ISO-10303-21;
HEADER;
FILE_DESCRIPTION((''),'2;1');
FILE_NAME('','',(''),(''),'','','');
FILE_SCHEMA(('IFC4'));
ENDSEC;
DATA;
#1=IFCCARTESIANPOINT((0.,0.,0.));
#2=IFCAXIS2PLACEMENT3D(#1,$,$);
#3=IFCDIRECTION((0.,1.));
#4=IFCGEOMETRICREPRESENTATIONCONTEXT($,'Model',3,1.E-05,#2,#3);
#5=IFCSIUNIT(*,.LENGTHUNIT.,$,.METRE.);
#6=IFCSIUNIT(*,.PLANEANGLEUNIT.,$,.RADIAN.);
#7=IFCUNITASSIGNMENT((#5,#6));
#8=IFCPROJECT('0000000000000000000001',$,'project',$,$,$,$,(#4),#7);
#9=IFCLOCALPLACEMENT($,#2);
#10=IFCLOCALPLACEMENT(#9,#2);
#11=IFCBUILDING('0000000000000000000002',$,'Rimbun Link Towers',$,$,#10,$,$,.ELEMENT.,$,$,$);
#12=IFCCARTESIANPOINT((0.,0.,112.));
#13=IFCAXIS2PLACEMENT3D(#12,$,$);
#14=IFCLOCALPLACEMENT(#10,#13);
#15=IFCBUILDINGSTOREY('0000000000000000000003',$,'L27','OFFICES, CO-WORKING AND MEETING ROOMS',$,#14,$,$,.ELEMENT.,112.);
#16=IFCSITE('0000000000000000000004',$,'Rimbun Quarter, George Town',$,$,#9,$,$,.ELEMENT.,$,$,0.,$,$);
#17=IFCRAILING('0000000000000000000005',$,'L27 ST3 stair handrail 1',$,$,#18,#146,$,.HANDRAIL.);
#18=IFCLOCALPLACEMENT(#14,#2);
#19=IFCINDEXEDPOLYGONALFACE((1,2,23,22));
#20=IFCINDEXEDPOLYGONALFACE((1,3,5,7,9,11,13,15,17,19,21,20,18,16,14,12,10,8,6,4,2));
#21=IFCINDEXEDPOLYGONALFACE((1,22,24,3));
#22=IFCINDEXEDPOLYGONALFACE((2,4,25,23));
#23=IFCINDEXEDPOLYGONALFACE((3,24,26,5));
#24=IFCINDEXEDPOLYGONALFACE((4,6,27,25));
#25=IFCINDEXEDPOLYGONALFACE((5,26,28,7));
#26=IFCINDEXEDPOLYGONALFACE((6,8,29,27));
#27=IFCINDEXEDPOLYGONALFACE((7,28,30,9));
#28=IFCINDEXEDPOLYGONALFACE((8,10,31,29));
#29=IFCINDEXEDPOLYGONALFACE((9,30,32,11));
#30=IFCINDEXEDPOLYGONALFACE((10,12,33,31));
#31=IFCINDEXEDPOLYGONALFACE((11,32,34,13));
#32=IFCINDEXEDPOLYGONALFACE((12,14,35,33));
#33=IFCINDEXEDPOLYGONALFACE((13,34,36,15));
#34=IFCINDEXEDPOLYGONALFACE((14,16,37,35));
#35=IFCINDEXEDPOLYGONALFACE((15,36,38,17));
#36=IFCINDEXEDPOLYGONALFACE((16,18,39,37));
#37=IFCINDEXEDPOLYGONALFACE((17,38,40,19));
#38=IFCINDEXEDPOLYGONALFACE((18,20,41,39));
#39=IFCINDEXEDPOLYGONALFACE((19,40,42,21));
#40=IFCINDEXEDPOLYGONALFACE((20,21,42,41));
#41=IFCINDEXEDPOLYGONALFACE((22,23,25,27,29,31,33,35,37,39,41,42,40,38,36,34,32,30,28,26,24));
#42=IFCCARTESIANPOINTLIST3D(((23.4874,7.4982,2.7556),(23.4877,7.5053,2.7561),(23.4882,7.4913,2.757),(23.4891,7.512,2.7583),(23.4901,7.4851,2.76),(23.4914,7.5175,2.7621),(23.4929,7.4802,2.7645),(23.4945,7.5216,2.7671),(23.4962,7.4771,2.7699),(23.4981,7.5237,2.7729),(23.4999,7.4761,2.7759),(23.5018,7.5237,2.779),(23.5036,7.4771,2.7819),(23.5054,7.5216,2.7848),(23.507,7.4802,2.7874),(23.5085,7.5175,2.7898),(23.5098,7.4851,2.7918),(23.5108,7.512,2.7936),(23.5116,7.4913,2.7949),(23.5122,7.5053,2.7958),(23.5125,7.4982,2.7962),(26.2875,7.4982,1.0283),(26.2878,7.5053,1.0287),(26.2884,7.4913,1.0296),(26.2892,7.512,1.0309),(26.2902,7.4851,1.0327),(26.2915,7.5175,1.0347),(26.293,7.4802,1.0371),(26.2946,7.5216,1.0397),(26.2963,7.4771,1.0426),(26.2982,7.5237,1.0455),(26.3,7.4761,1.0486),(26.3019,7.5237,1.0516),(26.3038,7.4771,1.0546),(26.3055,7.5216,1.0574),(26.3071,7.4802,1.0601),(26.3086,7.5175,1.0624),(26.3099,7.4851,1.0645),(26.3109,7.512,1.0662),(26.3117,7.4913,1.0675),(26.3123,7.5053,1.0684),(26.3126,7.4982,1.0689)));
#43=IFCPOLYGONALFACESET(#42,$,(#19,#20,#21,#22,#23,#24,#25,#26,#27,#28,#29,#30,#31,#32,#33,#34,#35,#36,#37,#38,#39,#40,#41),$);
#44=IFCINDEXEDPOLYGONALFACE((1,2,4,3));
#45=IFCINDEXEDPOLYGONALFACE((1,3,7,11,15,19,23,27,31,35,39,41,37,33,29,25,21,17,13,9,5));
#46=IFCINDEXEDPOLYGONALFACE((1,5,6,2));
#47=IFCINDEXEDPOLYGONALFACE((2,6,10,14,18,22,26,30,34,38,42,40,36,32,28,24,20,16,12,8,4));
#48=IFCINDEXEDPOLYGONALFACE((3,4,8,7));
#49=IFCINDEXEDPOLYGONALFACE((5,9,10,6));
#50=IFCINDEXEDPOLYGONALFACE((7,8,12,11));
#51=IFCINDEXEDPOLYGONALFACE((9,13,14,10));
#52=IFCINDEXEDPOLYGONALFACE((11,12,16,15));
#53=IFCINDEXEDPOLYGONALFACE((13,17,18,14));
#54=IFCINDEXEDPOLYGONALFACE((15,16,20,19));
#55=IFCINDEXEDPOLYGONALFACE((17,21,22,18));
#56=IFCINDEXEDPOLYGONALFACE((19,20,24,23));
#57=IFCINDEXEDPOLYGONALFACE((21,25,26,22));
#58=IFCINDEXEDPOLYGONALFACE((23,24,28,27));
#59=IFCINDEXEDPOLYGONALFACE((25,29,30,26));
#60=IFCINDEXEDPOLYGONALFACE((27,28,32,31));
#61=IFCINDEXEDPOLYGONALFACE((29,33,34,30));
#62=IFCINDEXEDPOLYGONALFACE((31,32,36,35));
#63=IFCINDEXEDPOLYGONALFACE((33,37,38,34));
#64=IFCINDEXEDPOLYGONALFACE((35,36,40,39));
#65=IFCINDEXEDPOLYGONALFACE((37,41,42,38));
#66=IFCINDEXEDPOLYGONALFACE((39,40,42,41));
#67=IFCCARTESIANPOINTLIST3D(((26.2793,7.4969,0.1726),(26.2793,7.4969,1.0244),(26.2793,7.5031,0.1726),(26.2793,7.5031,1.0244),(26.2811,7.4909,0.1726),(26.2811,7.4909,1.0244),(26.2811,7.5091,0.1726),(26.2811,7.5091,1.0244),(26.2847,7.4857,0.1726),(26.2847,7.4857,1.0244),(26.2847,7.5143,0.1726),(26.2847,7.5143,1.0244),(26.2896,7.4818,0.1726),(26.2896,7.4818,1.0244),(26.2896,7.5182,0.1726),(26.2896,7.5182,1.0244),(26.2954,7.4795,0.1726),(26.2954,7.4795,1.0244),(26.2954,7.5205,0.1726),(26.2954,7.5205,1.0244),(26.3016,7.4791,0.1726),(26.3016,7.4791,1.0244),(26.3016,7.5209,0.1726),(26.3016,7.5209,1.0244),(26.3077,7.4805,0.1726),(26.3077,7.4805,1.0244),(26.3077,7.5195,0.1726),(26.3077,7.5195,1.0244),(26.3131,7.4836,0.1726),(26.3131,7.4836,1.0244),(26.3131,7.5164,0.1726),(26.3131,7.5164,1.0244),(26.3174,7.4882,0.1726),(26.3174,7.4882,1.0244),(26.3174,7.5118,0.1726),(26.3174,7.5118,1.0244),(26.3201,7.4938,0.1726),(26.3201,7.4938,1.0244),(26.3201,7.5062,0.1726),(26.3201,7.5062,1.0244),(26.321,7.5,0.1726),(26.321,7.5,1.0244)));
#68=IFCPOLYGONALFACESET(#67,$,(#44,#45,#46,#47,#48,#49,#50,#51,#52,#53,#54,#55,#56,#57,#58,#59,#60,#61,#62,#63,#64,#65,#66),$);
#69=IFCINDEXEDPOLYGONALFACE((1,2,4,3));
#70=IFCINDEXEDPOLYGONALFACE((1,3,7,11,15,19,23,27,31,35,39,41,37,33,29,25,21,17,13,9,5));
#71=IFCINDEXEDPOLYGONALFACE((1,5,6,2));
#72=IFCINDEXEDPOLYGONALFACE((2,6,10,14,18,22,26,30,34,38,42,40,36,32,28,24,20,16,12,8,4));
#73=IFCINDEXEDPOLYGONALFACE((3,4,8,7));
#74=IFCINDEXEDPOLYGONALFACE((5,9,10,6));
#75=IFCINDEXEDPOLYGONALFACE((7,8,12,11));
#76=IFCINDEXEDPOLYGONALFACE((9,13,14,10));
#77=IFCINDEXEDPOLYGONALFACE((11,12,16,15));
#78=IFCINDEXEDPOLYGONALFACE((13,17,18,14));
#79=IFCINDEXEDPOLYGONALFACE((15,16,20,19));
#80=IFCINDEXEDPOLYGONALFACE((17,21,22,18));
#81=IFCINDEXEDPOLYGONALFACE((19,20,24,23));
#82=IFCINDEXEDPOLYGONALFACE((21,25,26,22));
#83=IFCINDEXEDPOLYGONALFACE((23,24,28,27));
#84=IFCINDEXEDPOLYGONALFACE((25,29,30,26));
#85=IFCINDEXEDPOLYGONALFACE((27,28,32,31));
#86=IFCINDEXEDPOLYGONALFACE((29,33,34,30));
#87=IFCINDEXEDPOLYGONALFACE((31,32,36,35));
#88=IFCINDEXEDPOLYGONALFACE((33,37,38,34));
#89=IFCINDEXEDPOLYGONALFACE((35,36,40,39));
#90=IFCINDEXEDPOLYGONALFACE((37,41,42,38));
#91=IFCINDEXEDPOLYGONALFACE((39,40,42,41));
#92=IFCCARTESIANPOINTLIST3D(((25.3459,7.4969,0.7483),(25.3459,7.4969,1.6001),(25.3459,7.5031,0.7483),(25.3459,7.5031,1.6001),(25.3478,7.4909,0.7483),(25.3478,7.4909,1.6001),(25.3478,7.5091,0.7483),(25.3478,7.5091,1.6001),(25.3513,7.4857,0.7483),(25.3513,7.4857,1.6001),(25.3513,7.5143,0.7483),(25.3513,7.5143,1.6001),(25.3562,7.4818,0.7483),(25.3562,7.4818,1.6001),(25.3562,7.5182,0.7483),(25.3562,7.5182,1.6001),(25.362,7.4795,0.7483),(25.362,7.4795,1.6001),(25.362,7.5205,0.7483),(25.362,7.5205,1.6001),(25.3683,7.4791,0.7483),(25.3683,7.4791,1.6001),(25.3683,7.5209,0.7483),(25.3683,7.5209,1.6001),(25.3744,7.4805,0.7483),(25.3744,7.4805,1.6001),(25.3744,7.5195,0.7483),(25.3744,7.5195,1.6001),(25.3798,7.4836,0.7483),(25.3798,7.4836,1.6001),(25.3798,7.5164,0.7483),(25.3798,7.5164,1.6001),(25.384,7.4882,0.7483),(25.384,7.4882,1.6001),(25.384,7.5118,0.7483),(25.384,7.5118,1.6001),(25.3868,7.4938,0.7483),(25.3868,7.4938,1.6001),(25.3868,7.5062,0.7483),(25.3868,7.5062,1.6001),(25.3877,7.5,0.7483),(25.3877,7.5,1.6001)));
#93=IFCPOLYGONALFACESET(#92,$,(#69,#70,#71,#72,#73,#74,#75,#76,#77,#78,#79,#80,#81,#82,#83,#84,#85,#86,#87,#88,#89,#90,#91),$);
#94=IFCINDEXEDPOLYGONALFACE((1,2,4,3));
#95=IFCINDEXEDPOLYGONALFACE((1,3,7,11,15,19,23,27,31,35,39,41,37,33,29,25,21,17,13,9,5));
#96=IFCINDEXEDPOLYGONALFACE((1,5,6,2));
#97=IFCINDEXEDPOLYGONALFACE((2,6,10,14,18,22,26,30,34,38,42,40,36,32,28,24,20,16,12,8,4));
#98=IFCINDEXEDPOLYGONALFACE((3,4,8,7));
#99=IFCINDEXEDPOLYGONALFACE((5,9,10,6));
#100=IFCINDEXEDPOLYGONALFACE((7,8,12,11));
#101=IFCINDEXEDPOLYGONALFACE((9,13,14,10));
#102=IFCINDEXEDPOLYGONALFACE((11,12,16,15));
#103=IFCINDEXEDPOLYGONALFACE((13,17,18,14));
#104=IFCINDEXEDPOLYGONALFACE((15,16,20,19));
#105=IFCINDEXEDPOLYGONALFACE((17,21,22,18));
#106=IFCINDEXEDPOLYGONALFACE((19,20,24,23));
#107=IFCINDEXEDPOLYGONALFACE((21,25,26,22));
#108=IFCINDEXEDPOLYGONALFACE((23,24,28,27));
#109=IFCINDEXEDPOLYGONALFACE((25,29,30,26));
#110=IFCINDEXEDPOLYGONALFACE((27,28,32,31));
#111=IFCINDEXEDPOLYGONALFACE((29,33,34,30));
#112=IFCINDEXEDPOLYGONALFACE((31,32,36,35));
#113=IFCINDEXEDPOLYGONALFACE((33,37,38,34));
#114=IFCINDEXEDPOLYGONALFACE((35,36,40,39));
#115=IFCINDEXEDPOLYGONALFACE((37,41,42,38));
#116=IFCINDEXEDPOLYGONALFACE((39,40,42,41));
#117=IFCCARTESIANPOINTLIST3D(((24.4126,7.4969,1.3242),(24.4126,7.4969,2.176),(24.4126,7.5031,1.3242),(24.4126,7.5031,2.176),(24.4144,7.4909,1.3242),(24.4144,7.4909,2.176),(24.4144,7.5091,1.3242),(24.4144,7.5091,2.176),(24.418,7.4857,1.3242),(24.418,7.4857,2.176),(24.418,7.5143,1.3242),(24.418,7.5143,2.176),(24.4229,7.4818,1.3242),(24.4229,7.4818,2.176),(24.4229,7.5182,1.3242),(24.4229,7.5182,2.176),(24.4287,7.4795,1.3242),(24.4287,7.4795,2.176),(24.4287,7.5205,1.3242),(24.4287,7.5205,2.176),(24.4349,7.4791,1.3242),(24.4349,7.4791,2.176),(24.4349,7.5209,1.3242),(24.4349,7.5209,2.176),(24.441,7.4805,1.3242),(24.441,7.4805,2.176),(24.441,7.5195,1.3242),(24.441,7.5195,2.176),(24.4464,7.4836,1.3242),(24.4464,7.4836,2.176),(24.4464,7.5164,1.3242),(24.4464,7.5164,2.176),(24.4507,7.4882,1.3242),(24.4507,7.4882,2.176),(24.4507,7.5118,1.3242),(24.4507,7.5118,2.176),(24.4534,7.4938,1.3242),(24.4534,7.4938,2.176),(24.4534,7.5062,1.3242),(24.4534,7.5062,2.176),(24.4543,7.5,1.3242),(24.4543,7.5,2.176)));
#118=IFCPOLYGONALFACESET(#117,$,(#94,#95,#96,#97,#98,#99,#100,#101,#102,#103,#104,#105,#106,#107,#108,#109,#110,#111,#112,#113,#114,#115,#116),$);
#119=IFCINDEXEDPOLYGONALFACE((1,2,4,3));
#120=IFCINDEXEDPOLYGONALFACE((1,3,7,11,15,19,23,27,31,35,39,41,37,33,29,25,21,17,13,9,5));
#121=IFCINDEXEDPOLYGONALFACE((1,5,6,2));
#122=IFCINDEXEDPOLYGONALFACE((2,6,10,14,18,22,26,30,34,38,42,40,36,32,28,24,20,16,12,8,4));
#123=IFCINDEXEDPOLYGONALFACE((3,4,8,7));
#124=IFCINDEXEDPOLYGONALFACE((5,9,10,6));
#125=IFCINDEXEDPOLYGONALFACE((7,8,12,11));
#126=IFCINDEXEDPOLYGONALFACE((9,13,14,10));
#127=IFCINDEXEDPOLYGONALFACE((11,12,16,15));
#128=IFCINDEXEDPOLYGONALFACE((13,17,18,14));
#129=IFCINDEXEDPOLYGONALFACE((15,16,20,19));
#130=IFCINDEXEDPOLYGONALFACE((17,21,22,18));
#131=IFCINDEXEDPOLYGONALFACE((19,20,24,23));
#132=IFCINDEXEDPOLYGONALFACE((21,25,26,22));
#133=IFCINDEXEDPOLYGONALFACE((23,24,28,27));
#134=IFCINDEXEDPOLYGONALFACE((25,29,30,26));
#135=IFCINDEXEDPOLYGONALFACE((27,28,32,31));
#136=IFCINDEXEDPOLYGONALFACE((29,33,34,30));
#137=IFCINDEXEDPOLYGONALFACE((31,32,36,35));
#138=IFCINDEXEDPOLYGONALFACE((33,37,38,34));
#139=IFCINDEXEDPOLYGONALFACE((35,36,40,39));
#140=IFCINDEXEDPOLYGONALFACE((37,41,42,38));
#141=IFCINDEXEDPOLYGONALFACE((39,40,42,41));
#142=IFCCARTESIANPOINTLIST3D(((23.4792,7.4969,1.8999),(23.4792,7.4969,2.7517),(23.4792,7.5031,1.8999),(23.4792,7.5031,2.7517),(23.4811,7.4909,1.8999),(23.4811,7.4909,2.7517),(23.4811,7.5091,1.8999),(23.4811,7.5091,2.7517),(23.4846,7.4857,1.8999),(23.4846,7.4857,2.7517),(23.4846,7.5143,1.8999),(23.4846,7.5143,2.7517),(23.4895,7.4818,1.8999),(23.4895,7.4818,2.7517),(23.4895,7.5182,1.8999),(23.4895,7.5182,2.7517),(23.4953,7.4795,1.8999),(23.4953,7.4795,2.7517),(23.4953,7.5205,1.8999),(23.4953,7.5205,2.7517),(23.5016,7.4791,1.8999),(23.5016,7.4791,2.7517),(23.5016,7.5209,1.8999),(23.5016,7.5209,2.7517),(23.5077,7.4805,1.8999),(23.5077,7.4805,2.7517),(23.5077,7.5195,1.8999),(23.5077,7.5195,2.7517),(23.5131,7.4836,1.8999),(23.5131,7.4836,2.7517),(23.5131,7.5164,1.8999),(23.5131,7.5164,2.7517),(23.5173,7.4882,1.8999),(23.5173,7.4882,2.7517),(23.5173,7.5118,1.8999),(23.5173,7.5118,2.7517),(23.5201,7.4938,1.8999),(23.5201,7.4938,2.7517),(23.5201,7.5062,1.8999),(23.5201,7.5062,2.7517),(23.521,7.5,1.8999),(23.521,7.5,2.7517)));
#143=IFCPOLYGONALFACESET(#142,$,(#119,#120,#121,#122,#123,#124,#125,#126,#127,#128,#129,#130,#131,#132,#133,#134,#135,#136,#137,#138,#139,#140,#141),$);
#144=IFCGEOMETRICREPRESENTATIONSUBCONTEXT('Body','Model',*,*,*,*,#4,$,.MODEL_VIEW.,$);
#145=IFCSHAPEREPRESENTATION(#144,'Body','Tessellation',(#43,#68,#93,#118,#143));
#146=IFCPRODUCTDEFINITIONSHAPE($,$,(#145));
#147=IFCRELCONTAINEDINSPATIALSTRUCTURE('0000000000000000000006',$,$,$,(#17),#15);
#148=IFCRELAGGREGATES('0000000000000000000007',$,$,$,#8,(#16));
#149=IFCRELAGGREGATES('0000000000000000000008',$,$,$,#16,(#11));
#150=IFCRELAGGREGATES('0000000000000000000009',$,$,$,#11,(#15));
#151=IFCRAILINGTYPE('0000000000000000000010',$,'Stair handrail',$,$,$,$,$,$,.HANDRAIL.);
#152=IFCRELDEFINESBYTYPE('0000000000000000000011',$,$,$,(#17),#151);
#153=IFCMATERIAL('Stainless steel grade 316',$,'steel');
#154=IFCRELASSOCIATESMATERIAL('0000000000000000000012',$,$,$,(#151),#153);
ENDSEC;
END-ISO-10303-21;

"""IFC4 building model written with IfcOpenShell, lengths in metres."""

from ifc_helpers import new_model, si_unit, direction, frame, origin, origin_2d, place, context, subcontext, project, spatial, circle, extrude, material, type_object, element, save


model = new_model("IFC4")

# Units and contexts
model_context = context("Model", 3, precision=1e-05, world=origin(), true_north=direction((0.0, 1.0)))
body_context = subcontext(model_context, "Body", "Model", "MODEL_VIEW")
ifc_project = project(units=[si_unit("LENGTHUNIT", "METRE"), si_unit("PLANEANGLEUNIT", "RADIAN")], contexts=[model_context])

# Site, building, storey
site_placement = place(None, origin())
site = spatial("IfcSite", under=ifc_project, at=site_placement, Name="Rimbun Quarter, George Town", CompositionType="ELEMENT", RefElevation=0.0)
building_placement = place(site_placement, origin())
building = spatial("IfcBuilding", under=site, at=building_placement, Name="Rimbun Link Towers", CompositionType="ELEMENT")
storey_placement = place(building_placement, frame((0.0, 0.0, 112.0)))
storey = spatial("IfcBuildingStorey", under=building, at=storey_placement, Name="L27", Description="OFFICES, CO-WORKING AND MEETING ROOMS", CompositionType="ELEMENT", Elevation=112.0)

# Railing
ifc_material_1 = material(Name="Stainless steel grade 316", Category="steel")
railing_type_1 = type_object("IfcRailingType", Name="Stair handrail", PredefinedType="HANDRAIL", material=ifc_material_1)
railing_1_placement = place(storey_placement, frame((26.3, 7.5, 0.1726)))
element("IfcRailing", 1, at=railing_1_placement, inside=storey, type_object=railing_type_1, Name="L27 ST3 stair handrail 1", PredefinedType="HANDRAIL", context=body_context, shape_type="SweptSolid", body=[
    extrude(circle(Radius=0.0239, at=origin_2d()), frame((0.0, 0.0, 0.876), z_axis=(-0.85109, 0.0, 0.52502), x_axis=(0.0, -1.0, 0.0)), (0.0, 0.0, 1.0), 3.29),
    extrude(circle(Radius=0.021, at=origin_2d()), origin(), (0.0, 0.0, 1.0), 0.8518),
    extrude(circle(Radius=0.021, at=origin_2d()), frame((-0.9333, 0.0, 0.5757)), (0.0, 0.0, 1.0), 0.8518),
    extrude(circle(Radius=0.021, at=origin_2d()), frame((-1.8667, 0.0, 1.1516)), (0.0, 0.0, 1.0), 0.8518),
    extrude(circle(Radius=0.021, at=origin_2d()), frame((-2.8, 0.0, 1.7273)), (0.0, 0.0, 1.0), 0.8518),
])

save(model, "model.ifc")
